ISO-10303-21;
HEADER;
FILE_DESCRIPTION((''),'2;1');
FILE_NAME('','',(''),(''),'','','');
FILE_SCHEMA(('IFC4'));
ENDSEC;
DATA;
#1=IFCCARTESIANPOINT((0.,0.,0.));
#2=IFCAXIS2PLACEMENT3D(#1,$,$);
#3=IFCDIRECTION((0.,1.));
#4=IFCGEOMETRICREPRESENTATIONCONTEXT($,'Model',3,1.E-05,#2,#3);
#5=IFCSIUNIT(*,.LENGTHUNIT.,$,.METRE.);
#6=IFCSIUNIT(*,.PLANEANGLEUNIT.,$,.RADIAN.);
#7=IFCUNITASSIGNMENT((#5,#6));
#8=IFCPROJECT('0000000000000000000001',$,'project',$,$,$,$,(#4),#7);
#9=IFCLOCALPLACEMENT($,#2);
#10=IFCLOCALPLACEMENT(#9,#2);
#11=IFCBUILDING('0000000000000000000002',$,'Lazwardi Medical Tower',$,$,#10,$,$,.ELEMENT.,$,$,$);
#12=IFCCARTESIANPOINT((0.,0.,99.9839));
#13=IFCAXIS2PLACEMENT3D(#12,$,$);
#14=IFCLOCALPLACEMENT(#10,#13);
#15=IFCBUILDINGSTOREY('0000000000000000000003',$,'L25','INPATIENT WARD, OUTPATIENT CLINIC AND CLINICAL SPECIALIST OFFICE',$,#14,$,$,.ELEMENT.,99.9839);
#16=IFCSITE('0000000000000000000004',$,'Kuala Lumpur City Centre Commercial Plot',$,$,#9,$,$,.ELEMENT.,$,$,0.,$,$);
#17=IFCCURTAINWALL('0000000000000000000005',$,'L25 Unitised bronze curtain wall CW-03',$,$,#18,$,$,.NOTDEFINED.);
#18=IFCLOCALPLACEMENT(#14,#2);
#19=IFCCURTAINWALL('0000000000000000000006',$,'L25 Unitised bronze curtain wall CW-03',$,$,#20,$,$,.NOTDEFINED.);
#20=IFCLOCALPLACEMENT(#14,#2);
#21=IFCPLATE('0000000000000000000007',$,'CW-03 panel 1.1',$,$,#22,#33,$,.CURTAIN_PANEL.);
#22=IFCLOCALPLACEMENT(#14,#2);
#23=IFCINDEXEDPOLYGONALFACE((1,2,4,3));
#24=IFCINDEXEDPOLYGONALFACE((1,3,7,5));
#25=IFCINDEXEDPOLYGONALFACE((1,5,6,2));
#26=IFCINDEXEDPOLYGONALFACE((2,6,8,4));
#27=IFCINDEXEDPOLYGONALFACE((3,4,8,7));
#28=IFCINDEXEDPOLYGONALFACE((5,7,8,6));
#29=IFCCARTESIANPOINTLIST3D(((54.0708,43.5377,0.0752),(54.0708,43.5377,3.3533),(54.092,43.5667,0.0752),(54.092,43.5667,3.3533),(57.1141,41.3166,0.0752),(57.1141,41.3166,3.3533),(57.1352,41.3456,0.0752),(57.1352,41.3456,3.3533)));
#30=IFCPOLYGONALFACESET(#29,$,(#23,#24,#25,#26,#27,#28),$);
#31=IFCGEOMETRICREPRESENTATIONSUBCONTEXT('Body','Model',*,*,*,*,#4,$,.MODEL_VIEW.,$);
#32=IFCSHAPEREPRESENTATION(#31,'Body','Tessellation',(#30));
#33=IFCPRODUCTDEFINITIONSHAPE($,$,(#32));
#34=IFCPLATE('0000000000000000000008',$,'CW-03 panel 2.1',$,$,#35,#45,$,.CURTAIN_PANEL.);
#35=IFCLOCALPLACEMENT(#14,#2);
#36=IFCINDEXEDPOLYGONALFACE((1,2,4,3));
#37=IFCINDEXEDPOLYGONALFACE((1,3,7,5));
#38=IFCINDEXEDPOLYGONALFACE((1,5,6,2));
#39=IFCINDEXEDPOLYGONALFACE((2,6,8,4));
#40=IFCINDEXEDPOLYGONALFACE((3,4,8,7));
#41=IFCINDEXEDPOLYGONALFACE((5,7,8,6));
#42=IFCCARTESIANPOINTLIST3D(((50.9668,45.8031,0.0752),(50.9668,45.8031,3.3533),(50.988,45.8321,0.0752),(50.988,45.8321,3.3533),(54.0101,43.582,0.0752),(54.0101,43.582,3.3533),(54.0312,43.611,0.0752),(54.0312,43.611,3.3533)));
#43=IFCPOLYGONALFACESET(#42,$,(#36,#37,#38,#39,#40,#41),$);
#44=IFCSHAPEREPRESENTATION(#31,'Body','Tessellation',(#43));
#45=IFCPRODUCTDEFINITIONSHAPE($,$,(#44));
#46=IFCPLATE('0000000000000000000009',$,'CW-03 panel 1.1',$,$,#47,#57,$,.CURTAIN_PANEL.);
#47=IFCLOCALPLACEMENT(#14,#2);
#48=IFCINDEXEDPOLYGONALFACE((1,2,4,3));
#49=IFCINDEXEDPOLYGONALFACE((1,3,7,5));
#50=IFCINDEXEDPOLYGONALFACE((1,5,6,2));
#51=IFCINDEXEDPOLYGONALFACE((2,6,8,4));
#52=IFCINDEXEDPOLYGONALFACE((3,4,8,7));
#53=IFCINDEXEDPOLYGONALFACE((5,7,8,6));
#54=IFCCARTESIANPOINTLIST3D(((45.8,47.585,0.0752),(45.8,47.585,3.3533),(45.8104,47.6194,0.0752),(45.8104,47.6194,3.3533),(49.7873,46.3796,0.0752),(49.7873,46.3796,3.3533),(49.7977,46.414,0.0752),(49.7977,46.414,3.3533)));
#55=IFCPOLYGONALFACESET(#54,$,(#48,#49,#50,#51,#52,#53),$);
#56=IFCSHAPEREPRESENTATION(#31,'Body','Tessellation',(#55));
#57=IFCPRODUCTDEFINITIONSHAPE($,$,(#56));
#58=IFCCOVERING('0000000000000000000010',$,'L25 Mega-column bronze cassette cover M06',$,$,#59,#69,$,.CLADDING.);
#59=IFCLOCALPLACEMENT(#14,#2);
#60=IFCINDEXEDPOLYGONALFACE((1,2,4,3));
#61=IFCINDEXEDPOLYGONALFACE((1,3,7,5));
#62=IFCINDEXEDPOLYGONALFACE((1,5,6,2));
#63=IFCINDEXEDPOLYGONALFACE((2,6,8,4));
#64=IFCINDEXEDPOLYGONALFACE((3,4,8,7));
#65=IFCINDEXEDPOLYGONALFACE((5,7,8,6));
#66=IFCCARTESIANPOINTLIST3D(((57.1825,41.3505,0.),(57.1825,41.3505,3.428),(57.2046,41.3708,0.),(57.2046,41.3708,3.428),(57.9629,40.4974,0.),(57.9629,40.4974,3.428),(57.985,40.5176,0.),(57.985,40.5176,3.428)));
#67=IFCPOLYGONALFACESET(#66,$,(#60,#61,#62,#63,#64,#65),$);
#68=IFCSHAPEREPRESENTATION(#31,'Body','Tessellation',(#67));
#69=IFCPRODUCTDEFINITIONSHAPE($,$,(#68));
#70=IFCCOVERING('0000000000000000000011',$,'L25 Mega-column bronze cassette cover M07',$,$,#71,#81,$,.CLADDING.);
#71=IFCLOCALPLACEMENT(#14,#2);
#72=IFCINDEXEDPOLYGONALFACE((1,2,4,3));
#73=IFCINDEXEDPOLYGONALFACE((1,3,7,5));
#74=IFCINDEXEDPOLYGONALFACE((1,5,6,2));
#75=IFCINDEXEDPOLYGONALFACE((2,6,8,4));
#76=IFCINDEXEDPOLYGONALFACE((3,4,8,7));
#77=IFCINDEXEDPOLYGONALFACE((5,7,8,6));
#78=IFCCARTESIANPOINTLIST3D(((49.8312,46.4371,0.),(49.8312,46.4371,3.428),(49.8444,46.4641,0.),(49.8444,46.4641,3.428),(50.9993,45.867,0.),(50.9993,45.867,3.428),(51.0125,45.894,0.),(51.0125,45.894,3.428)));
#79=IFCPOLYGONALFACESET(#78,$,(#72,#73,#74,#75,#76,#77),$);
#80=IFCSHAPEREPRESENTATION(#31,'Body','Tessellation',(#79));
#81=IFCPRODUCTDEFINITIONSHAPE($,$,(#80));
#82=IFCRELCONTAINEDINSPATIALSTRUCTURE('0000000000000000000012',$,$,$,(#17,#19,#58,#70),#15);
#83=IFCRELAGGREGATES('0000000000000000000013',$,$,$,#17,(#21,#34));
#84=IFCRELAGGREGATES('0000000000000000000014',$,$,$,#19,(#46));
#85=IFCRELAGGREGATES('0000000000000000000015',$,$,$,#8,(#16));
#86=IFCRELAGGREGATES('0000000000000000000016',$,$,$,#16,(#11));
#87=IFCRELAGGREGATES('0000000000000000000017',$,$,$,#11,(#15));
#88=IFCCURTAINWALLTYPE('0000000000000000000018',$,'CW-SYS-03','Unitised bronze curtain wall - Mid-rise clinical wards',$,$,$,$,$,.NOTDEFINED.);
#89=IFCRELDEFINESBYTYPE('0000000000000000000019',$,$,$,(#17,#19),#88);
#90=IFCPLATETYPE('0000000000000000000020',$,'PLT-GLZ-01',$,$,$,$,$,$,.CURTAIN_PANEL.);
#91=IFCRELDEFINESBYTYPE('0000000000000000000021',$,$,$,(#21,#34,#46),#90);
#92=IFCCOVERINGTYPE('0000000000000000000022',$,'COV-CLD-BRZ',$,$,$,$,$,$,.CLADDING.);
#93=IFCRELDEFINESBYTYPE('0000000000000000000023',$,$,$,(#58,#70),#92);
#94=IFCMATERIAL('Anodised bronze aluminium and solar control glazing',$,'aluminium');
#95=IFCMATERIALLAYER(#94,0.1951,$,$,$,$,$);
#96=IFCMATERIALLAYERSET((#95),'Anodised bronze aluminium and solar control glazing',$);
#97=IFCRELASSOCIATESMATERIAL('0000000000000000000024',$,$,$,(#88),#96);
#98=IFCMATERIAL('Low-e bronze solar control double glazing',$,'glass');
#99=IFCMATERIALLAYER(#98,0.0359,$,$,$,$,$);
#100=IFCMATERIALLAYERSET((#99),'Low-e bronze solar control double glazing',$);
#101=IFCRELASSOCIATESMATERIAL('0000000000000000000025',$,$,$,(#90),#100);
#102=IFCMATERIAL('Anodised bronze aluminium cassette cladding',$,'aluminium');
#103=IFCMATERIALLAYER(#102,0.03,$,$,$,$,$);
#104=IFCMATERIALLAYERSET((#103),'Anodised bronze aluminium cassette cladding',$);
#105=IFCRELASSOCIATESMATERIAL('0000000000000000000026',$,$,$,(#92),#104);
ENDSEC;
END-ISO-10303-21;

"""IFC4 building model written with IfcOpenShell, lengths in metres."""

from ifc_helpers import new_model, si_unit, direction, frame, origin, origin_2d, place, context, subcontext, project, spatial, rectangle, extrude, material, layer, layer_set, type_object, element, aggregate, save


model = new_model("IFC4")

# Units and contexts
model_context = context("Model", 3, precision=1e-05, world=origin(), true_north=direction((0.0, 1.0)))
body_context = subcontext(model_context, "Body", "Model", "MODEL_VIEW")
ifc_project = project(units=[si_unit("LENGTHUNIT", "METRE"), si_unit("PLANEANGLEUNIT", "RADIAN")], contexts=[model_context])

# Site, building, storey
site_placement = place(None, origin())
site = spatial("IfcSite", under=ifc_project, at=site_placement, Name="Kuala Lumpur City Centre Commercial Plot", CompositionType="ELEMENT", RefElevation=0.0)
building_placement = place(site_placement, origin())
building = spatial("IfcBuilding", under=site, at=building_placement, Name="Lazwardi Medical Tower", CompositionType="ELEMENT")
storey_placement = place(building_placement, frame((0.0, 0.0, 99.9839)))
storey = spatial("IfcBuildingStorey", under=building, at=storey_placement, Name="L25", Description="INPATIENT WARD, OUTPATIENT CLINIC AND CLINICAL SPECIALIST OFFICE", CompositionType="ELEMENT", Elevation=99.9839)

# Shared definitions
ifc_material_1 = material(Name="Anodised bronze aluminium and solar control glazing", Category="aluminium")
ifc_layer_1 = layer(ifc_material_1, 0.1951)
ifc_layer_set_1 = layer_set([ifc_layer_1], Name="Anodised bronze aluminium and solar control glazing")
curtain_wall_type = type_object("IfcCurtainWallType", Name="CW-SYS-03", Description="Unitised bronze curtain wall - Mid-rise clinical wards", PredefinedType="NOTDEFINED", material=ifc_layer_set_1)

# Curtain wall
curtain_wall_1_placement = place(storey_placement, origin())
curtain_wall_1 = element("IfcCurtainWall", 1, at=curtain_wall_1_placement, inside=storey, type_object=curtain_wall_type, Name="L25 Unitised bronze curtain wall CW-03", PredefinedType="NOTDEFINED")

# Curtain wall
curtain_wall_2_placement = place(storey_placement, origin())
curtain_wall_2 = element("IfcCurtainWall", 2, at=curtain_wall_2_placement, inside=storey, type_object=curtain_wall_type, Name="L25 Unitised bronze curtain wall CW-03", PredefinedType="NOTDEFINED")

# Plates
ifc_material_2 = material(Name="Low-e bronze solar control double glazing", Category="glass")
ifc_layer_2 = layer(ifc_material_2, 0.0359)
ifc_layer_set_2 = layer_set([ifc_layer_2], Name="Low-e bronze solar control double glazing")
plate_type = type_object("IfcPlateType", Name="PLT-GLZ-01", PredefinedType="CURTAIN_PANEL", material=ifc_layer_set_2)
plate_1_placement = place(storey_placement, frame((55.603, 42.4417, 0.0752), z_axis=(0.0, 0.0, 1.0), x_axis=(-0.807746, 0.589531, 0.0)))
plate_1 = element("IfcPlate", 3, at=plate_1_placement, type_object=plate_type, Name="CW-03 panel 1.1", PredefinedType="CURTAIN_PANEL", context=body_context, shape_type="SweptSolid", body=[
    extrude(rectangle(XDim=3.7676, YDim=0.0359, at=origin_2d()), origin(), (0.0, 0.0, 1.0), 3.2781),
])
plate_2_placement = place(storey_placement, frame((52.499, 44.707, 0.0752), z_axis=(0.0, 0.0, 1.0), x_axis=(-0.807746, 0.589531, 0.0)))
plate_2 = element("IfcPlate", 4, at=plate_2_placement, type_object=plate_type, Name="CW-03 panel 2.1", PredefinedType="CURTAIN_PANEL", context=body_context, shape_type="SweptSolid", body=[
    extrude(rectangle(XDim=3.7676, YDim=0.0359, at=origin_2d()), origin(), (0.0, 0.0, 1.0), 3.2781),
])
aggregate(curtain_wall_1, [plate_1, plate_2])
plate_3_placement = place(storey_placement, frame((47.7988, 46.9995, 0.0752), z_axis=(0.0, 0.0, 1.0), x_axis=(-0.957216, 0.289374, 0.0)))
plate_3 = element("IfcPlate", 5, at=plate_3_placement, type_object=plate_type, Name="CW-03 panel 1.1", PredefinedType="CURTAIN_PANEL", context=body_context, shape_type="SweptSolid", body=[
    extrude(rectangle(XDim=4.1655, YDim=0.0359, at=origin_2d()), origin(), (0.0, 0.0, 1.0), 3.2781),
])
aggregate(curtain_wall_2, [plate_3])

# Coverings
ifc_material_3 = material(Name="Anodised bronze aluminium cassette cladding", Category="aluminium")
ifc_layer_3 = layer(ifc_material_3, 0.03)
ifc_layer_set_3 = layer_set([ifc_layer_3], Name="Anodised bronze aluminium cassette cladding")
covering_type = type_object("IfcCoveringType", Name="COV-CLD-BRZ", PredefinedType="CLADDING", material=ifc_layer_set_3)
covering_1_placement = place(storey_placement, frame((57.5837, 40.9341, 0.0), z_axis=(0.0, 0.0, 1.0), x_axis=(-0.674926, 0.737885, 0.0)))
element("IfcCovering", 6, at=covering_1_placement, inside=storey, type_object=covering_type, Name="L25 Mega-column bronze cassette cover M06", PredefinedType="CLADDING", context=body_context, shape_type="SweptSolid", body=[
    extrude(rectangle(XDim=1.1562, YDim=0.03, at=origin_2d()), origin(), (0.0, 0.0, 1.0), 3.428),
])
covering_2_placement = place(storey_placement, frame((50.4219, 46.1655, 0.0), z_axis=(0.0, 0.0, 1.0), x_axis=(-0.898679, 0.438606, 0.0)))
element("IfcCovering", 7, at=covering_2_placement, inside=storey, type_object=covering_type, Name="L25 Mega-column bronze cassette cover M07", PredefinedType="CLADDING", context=body_context, shape_type="SweptSolid", body=[
    extrude(rectangle(XDim=1.2998, YDim=0.03, at=origin_2d()), origin(), (0.0, 0.0, 1.0), 3.428),
])

save(model, "model.ifc")
